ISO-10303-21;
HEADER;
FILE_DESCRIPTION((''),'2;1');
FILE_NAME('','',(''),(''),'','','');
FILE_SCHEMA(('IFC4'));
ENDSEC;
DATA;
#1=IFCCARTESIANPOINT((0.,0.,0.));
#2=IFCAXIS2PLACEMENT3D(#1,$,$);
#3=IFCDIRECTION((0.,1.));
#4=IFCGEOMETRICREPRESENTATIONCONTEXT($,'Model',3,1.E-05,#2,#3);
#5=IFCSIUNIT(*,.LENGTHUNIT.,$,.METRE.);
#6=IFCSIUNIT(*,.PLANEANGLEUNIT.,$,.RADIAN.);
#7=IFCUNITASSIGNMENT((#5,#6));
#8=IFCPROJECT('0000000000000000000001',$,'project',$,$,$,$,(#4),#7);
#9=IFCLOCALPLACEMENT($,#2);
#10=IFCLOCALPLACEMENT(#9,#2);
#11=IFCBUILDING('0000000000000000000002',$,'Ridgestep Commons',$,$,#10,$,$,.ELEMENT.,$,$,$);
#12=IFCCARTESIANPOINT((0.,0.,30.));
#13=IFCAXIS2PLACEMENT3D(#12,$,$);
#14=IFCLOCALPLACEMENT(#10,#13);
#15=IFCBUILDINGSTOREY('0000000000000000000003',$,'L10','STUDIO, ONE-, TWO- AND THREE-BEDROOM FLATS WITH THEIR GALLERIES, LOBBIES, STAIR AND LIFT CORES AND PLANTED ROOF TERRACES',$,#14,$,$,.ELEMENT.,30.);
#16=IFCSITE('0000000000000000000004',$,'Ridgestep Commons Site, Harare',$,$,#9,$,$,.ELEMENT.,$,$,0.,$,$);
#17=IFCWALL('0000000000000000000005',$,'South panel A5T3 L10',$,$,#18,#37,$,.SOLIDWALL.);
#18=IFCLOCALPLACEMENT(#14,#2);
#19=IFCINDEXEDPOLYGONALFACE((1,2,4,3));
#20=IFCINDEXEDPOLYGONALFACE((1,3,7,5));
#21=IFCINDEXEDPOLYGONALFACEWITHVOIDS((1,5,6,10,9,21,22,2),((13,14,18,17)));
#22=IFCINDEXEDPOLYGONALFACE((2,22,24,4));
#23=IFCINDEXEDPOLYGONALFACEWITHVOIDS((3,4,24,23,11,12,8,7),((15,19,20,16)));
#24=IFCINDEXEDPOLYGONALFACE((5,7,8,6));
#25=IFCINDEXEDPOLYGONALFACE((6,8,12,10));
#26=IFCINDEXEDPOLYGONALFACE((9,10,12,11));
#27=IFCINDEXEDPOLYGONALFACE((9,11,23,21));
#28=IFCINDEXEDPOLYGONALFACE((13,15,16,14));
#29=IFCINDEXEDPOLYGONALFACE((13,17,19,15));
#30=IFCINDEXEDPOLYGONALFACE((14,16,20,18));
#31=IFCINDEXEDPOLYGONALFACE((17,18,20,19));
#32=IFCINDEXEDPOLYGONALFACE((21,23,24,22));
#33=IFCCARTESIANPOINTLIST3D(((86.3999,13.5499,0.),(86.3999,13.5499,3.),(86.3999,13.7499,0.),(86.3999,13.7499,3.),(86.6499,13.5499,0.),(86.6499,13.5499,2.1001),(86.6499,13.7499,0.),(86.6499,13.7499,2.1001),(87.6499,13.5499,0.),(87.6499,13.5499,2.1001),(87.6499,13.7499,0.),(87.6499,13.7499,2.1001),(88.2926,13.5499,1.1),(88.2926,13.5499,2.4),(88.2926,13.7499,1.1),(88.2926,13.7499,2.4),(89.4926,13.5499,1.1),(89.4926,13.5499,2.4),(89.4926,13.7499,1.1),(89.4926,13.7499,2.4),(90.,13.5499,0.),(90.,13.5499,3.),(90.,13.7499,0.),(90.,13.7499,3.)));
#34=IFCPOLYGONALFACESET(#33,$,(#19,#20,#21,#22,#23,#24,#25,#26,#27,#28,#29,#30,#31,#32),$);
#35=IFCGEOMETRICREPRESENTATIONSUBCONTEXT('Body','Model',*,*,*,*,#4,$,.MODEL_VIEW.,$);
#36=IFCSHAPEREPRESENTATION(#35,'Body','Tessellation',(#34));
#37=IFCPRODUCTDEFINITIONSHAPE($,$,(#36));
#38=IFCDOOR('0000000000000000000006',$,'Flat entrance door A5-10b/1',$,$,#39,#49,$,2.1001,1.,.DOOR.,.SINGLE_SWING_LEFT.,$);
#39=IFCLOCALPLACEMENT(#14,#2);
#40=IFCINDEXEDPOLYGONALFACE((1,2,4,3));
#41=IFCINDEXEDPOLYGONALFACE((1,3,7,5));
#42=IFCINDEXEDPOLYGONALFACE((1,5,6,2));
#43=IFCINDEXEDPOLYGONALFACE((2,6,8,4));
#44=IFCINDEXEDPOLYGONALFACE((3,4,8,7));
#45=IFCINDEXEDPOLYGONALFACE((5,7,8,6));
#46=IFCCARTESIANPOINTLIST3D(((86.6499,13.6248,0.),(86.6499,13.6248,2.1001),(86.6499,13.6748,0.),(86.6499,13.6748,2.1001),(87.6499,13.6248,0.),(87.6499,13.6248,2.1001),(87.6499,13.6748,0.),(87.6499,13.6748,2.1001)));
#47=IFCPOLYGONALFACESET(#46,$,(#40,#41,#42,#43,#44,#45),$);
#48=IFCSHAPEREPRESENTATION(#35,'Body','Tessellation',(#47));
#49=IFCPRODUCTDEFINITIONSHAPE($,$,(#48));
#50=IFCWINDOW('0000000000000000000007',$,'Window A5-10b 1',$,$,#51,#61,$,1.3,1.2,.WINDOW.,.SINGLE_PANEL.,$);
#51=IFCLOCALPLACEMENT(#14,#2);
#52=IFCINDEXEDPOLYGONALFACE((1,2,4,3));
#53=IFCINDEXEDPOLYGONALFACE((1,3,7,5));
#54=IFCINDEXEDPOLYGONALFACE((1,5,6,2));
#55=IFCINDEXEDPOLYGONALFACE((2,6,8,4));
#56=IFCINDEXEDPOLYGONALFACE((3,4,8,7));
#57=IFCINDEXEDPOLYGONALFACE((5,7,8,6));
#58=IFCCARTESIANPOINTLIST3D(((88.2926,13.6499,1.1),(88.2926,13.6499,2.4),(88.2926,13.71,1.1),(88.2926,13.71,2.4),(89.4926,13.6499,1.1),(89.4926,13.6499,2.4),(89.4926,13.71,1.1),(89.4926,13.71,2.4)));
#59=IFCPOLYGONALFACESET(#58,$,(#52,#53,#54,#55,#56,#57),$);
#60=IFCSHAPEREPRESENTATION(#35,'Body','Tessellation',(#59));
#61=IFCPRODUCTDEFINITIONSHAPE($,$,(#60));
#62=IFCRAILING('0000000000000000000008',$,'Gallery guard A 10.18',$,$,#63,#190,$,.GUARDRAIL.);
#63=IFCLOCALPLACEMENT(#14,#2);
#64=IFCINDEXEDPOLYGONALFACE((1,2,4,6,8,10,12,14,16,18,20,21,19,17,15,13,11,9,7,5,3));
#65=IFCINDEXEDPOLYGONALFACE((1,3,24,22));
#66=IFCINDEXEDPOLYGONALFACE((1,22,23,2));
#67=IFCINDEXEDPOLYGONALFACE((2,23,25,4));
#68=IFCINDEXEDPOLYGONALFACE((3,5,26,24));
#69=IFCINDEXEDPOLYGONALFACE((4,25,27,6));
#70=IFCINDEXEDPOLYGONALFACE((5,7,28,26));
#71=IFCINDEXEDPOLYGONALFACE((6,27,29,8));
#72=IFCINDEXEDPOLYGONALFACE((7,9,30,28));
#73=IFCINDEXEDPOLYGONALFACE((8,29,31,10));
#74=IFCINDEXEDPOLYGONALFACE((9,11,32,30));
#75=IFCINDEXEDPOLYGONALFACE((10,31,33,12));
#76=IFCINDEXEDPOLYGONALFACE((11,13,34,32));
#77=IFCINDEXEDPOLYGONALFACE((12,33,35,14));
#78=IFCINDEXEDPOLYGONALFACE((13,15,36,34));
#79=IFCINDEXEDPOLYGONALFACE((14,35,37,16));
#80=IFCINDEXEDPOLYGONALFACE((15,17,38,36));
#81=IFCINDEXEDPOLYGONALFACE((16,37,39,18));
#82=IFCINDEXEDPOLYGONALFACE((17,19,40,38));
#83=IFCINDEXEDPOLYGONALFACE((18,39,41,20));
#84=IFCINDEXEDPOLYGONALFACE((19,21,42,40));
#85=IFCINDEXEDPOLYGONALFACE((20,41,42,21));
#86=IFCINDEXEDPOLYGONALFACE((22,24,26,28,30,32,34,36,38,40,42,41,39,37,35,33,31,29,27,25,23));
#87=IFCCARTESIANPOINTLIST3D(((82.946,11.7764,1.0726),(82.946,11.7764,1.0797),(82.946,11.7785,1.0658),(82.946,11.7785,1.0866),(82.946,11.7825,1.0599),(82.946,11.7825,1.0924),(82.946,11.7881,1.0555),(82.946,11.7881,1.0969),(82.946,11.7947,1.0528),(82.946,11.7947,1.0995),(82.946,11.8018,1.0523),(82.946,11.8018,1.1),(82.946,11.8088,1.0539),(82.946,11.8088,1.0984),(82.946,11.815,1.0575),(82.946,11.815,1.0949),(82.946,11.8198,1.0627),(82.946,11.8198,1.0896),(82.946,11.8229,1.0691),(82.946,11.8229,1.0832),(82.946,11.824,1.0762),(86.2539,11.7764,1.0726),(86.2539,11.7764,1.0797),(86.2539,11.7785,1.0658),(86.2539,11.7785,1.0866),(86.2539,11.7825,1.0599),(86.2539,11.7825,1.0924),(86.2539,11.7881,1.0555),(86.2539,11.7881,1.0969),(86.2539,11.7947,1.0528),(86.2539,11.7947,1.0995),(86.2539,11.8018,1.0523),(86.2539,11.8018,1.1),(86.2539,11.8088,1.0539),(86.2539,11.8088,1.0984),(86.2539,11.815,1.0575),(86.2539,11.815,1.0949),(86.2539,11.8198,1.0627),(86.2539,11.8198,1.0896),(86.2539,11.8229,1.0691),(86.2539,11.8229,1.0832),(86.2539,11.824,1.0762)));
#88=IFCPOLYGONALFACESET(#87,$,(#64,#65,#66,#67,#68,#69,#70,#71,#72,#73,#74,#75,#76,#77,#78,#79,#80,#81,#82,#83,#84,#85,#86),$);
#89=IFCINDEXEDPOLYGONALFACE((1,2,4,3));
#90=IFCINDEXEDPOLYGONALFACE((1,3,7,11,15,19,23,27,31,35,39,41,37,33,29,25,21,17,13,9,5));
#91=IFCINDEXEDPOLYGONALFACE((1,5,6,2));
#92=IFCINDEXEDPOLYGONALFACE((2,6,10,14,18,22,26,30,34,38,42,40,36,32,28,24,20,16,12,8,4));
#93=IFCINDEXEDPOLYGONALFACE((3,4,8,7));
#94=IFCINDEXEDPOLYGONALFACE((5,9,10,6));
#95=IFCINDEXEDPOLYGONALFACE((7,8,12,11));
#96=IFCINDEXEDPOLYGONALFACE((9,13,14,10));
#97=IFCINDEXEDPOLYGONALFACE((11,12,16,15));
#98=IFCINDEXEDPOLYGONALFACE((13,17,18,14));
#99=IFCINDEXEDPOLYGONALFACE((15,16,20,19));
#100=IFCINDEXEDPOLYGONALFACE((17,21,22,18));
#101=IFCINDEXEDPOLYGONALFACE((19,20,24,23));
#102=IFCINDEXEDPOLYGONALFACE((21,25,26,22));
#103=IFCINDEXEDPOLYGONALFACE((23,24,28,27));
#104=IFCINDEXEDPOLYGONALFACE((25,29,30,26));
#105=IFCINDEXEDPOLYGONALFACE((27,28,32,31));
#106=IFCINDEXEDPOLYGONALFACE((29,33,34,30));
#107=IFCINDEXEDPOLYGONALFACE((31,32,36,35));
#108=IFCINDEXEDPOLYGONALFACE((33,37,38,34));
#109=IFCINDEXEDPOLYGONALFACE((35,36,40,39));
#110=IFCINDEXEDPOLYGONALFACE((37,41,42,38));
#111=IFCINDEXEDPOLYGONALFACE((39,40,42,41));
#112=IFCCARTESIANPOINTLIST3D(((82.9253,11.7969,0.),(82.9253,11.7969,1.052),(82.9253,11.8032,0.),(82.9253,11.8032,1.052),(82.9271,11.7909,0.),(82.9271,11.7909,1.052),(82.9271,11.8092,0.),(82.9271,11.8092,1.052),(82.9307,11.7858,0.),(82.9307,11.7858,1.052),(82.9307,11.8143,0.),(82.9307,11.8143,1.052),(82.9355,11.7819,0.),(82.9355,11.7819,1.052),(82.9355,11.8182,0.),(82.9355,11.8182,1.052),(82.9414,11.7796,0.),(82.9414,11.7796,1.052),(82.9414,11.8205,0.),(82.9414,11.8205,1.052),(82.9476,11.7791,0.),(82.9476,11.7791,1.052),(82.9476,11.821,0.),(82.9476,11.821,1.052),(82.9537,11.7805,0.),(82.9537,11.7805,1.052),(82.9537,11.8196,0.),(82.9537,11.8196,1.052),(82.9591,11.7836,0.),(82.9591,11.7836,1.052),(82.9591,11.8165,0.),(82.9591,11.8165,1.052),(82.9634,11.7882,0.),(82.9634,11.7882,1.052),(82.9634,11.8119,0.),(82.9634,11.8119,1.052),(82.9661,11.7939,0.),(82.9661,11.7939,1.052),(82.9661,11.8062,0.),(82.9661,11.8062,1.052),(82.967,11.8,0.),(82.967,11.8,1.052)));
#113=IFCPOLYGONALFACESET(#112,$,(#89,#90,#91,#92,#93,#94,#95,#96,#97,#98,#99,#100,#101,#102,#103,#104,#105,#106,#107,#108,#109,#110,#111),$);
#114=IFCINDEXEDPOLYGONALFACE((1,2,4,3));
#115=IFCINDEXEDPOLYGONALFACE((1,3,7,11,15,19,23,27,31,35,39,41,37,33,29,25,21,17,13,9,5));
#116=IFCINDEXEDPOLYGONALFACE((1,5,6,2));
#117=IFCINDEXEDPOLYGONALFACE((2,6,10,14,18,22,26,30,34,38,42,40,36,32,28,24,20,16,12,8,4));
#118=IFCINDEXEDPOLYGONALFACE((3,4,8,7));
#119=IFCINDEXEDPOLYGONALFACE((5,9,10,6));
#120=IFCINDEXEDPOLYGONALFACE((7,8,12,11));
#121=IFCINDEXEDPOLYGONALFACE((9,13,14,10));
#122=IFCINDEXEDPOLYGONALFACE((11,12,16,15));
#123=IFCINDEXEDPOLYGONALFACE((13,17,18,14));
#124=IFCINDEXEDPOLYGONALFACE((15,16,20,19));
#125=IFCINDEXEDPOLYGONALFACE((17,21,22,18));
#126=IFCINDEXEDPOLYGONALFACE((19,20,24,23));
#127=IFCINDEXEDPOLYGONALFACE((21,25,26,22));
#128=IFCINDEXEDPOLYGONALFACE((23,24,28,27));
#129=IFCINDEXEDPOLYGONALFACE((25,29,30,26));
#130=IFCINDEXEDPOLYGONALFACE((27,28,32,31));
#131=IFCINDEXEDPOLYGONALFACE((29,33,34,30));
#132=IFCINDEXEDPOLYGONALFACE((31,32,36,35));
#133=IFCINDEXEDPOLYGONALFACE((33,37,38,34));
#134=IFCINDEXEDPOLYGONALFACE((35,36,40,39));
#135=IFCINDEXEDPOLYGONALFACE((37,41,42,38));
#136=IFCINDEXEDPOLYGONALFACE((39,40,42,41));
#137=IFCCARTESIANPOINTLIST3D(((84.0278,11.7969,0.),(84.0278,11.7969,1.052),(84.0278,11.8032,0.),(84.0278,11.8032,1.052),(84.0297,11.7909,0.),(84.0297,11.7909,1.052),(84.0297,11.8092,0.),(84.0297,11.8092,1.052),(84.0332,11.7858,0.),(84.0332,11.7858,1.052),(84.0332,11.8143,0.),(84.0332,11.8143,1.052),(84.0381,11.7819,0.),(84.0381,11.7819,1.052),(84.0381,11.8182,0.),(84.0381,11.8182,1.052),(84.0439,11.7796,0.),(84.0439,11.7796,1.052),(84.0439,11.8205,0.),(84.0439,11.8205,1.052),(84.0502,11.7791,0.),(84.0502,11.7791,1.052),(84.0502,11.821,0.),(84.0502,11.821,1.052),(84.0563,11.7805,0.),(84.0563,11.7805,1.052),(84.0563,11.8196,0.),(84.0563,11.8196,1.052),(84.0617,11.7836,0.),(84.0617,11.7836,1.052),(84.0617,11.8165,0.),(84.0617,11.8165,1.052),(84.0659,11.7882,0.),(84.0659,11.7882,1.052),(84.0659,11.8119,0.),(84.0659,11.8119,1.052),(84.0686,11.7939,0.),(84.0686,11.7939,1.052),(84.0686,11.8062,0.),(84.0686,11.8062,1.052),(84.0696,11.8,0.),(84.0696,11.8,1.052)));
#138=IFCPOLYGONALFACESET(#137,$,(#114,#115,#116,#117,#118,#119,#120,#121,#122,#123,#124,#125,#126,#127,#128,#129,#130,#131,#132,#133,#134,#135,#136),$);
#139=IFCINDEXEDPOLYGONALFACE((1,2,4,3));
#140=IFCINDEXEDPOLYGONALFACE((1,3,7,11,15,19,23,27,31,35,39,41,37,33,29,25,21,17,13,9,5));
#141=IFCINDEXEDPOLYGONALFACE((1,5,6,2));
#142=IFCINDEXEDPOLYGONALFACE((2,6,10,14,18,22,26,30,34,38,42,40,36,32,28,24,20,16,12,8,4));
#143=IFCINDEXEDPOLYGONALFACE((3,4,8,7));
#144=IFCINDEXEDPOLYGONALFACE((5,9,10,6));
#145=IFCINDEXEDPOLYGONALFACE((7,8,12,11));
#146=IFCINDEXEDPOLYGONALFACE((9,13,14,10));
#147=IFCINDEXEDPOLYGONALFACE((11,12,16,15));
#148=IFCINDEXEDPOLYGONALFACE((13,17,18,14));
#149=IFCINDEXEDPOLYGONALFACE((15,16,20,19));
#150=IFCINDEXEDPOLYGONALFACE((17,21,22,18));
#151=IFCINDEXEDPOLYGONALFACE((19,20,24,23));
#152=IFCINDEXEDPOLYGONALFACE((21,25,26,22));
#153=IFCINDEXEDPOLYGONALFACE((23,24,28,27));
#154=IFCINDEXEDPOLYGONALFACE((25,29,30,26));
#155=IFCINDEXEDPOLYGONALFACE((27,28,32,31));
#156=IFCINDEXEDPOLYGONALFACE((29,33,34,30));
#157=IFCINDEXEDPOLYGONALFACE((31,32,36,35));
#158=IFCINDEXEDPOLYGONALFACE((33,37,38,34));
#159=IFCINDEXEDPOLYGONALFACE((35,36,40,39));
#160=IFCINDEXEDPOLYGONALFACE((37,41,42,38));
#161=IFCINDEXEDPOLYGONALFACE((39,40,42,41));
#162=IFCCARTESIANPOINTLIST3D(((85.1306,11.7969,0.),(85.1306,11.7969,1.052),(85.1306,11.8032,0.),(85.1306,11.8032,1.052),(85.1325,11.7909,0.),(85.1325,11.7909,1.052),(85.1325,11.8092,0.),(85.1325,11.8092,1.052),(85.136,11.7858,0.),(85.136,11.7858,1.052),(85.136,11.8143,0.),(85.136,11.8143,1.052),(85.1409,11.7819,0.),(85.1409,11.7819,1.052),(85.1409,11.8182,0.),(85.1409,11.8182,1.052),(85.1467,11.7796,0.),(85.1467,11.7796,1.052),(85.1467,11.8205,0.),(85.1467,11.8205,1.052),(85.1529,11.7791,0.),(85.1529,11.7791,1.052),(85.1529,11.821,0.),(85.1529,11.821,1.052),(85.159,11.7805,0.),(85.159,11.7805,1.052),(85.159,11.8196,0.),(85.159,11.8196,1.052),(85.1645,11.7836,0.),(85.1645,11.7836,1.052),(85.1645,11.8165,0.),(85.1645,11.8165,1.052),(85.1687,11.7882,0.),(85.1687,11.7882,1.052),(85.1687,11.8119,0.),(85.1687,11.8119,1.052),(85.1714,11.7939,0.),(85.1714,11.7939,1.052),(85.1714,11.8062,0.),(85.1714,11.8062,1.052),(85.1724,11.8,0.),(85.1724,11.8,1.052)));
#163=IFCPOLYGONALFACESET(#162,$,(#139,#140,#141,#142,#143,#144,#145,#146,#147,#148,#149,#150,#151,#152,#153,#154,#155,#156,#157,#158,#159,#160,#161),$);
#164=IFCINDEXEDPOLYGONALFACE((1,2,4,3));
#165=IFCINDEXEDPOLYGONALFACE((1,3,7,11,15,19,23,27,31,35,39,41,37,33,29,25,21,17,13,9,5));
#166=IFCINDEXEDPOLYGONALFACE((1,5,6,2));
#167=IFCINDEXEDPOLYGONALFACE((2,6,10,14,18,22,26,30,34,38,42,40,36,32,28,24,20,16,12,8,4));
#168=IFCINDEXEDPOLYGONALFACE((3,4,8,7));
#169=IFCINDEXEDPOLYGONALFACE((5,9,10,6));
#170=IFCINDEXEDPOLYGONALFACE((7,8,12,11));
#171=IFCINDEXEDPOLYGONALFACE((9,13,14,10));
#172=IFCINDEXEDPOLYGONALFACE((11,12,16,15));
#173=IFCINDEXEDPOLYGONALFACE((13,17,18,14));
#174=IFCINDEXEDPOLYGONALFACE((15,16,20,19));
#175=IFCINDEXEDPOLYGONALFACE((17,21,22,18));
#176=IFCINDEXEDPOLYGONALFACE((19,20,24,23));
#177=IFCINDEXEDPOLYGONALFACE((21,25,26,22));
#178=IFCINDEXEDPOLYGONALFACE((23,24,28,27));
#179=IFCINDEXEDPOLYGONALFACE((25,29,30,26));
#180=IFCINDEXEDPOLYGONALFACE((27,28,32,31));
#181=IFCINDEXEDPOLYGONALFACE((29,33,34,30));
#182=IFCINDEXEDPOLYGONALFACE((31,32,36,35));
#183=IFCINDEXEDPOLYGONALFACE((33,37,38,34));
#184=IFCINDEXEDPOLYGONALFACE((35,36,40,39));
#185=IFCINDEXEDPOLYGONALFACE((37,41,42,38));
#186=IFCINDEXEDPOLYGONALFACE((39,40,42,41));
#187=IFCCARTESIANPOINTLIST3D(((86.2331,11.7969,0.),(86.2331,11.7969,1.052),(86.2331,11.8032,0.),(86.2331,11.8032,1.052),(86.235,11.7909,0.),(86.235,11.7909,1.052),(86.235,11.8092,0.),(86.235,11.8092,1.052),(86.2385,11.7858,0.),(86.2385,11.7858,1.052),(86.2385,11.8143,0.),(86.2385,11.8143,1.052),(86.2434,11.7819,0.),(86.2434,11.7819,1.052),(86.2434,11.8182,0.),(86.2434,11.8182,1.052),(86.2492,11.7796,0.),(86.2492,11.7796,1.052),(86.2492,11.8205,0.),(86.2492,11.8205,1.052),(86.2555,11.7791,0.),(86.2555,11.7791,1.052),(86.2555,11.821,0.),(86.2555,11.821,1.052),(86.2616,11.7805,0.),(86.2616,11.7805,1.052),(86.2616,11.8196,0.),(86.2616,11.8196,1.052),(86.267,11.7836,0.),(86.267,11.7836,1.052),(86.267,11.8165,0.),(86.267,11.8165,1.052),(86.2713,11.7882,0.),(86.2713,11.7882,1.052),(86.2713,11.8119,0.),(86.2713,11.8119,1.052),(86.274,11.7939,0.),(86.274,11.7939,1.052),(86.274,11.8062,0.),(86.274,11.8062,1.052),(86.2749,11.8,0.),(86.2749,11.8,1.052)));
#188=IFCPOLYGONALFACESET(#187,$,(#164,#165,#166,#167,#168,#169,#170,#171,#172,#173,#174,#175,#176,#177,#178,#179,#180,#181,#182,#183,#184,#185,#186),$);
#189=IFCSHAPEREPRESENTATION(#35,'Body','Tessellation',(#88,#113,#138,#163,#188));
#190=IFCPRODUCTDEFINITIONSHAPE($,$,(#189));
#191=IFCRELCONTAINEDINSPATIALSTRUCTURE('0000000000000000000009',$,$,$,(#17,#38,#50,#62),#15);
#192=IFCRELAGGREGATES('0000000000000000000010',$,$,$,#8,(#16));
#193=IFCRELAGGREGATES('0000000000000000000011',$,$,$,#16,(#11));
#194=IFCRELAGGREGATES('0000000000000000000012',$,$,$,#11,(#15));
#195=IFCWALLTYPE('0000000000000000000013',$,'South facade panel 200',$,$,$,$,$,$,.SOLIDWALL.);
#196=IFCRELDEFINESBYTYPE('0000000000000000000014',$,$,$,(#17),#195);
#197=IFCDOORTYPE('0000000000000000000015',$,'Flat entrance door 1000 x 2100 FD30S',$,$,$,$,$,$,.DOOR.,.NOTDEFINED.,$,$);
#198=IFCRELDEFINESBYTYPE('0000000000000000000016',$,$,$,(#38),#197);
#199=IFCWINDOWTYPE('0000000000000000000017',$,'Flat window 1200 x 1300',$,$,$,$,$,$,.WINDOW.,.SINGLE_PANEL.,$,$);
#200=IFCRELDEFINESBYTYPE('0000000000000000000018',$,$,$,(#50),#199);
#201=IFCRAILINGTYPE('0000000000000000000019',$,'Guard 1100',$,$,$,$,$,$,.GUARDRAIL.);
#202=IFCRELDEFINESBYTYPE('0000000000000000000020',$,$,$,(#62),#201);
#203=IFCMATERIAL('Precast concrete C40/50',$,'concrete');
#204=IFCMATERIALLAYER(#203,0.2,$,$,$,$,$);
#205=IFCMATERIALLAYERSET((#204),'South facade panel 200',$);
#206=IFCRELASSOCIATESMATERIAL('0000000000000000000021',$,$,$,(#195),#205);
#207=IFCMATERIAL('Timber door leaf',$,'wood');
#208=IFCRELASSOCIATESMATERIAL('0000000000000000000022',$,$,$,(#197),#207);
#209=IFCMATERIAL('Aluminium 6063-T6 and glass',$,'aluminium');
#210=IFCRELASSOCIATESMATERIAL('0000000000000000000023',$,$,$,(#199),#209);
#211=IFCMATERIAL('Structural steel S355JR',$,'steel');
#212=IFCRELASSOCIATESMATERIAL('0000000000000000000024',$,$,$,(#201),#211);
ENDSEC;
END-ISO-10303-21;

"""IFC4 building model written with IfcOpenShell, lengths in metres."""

from ifc_helpers import new_model, si_unit, direction, frame, frame_2d, origin, origin_2d, place, context, subcontext, project, spatial, rectangle, circle, extrude, material, layer, layer_set, type_object, element, fill, save


model = new_model("IFC4")

# Units and contexts
model_context = context("Model", 3, precision=1e-05, world=origin(), true_north=direction((0.0, 1.0)))
body_context = subcontext(model_context, "Body", "Model", "MODEL_VIEW")
ifc_project = project(units=[si_unit("LENGTHUNIT", "METRE"), si_unit("PLANEANGLEUNIT", "RADIAN")], contexts=[model_context])

# Site, building, storey
site_placement = place(None, origin())
site = spatial("IfcSite", under=ifc_project, at=site_placement, Name="Ridgestep Commons Site, Harare", CompositionType="ELEMENT", RefElevation=0.0)
building_placement = place(site_placement, origin())
building = spatial("IfcBuilding", under=site, at=building_placement, Name="Ridgestep Commons", CompositionType="ELEMENT")
storey_placement = place(building_placement, frame((0.0, 0.0, 30.0)))
storey = spatial("IfcBuildingStorey", under=building, at=storey_placement, Name="L10", Description="STUDIO, ONE-, TWO- AND THREE-BEDROOM FLATS WITH THEIR GALLERIES, LOBBIES, STAIR AND LIFT CORES AND PLANTED ROOF TERRACES", CompositionType="ELEMENT", Elevation=30.0)

# Wall, openings, door, window
ifc_material_1 = material(Name="Precast concrete C40/50", Category="concrete")
ifc_layer_1 = layer(ifc_material_1, 0.2)
ifc_layer_set_1 = layer_set([ifc_layer_1], Name="South facade panel 200")
wall_type_1 = type_object("IfcWallType", Name="South facade panel 200", PredefinedType="SOLIDWALL", material=ifc_layer_set_1)
wall_1_placement = place(storey_placement, frame((86.3999, 13.6499, 0.0), z_axis=(0.0, 0.0, 1.0), x_axis=(1.0, 0.0, 0.0)))
wall_1 = element("IfcWall", 1, at=wall_1_placement, inside=storey, type_object=wall_type_1, Name="South panel A5T3 L10", PredefinedType="SOLIDWALL", context=body_context, shape_type="SweptSolid", body=[
    extrude(rectangle(XDim=3.6001, YDim=0.2, at=frame_2d((1.8, 0.0))), origin(), (0.0, 0.0, 1.0), 3.0),
])
opening_1_placement = place(wall_1_placement, frame((1.8926, 0.0, 1.1001)))
opening_1 = element("IfcOpeningElement", 2, at=opening_1_placement, cuts=wall_1, PredefinedType="OPENING", context=body_context, shape_type="SweptSolid", body=[
    extrude(rectangle(XDim=1.2, YDim=1.3, at=frame_2d((0.6001, 0.6499))), frame((0.0, 0.1099, 0.0), z_axis=(0.0, -1.0, 0.0), x_axis=(1.0, 0.0, 0.0)), (0.0, 0.0, 1.0), 0.22),
])
opening_2_placement = place(wall_1_placement, frame((0.25, 0.0, 0.0)))
opening_2 = element("IfcOpeningElement", 3, at=opening_2_placement, cuts=wall_1, PredefinedType="OPENING", context=body_context, shape_type="SweptSolid", body=[
    extrude(rectangle(XDim=1.0, YDim=2.1001, at=frame_2d((0.5, 1.05))), frame((0.0, 0.1099, 0.0), z_axis=(0.0, -1.0, 0.0), x_axis=(1.0, 0.0, 0.0)), (0.0, 0.0, 1.0), 0.22),
])
ifc_material_2 = material(Name="Timber door leaf", Category="wood")
door_type_1 = type_object("IfcDoorType", Name="Flat entrance door 1000 x 2100 FD30S", OperationType="NOTDEFINED", PredefinedType="DOOR", material=ifc_material_2)
door_1_placement = place(opening_2_placement, origin())
door_1 = element("IfcDoor", 4, at=door_1_placement, inside=storey, type_object=door_type_1, Name="Flat entrance door A5-10b/1", OperationType="SINGLE_SWING_LEFT", OverallHeight=2.1001, OverallWidth=1.0, PredefinedType="DOOR", context=body_context, shape_type="SweptSolid", body=[
    extrude(rectangle(XDim=1.0, YDim=2.1001, at=frame_2d((0.5, 1.05))), frame((0.0, 0.0249, 0.0), z_axis=(0.0, -1.0, 0.0), x_axis=(1.0, 0.0, 0.0)), (0.0, 0.0, 1.0), 0.05),
])
fill(opening_2, door_1)
ifc_material_3 = material(Name="Aluminium 6063-T6 and glass", Category="aluminium")
window_type = type_object("IfcWindowType", Name="Flat window 1200 x 1300", PartitioningType="SINGLE_PANEL", PredefinedType="WINDOW", material=ifc_material_3)
window_placement = place(opening_1_placement, origin())
window = element("IfcWindow", 5, at=window_placement, inside=storey, type_object=window_type, Name="Window A5-10b 1", OverallHeight=1.3, OverallWidth=1.2, PartitioningType="SINGLE_PANEL", PredefinedType="WINDOW", context=body_context, shape_type="SweptSolid", body=[
    extrude(rectangle(XDim=1.2, YDim=1.3, at=frame_2d((0.6001, 0.6499))), frame((0.0, 0.0601, 0.0), z_axis=(0.0, -1.0, 0.0), x_axis=(1.0, 0.0, 0.0)), (0.0, 0.0, 1.0), 0.0601),
])
fill(opening_1, window)

# Railing
ifc_material_4 = material(Name="Structural steel S355JR", Category="steel")
railing_type = type_object("IfcRailingType", Name="Guard 1100", PredefinedType="GUARDRAIL", material=ifc_material_4)
railing_1_placement = place(storey_placement, frame((82.946, 11.8, 0.0)))
element("IfcRailing", 6, at=railing_1_placement, inside=storey, type_object=railing_type, Name="Gallery guard A 10.18", PredefinedType="GUARDRAIL", context=body_context, shape_type="SweptSolid", body=[
    extrude(circle(Radius=0.0239, at=origin_2d()), frame((0.0, 0.0, 1.0762), z_axis=(1.0, 0.0, 0.0), x_axis=(0.0, 1.0, 0.0)), (0.0, 0.0, 1.0), 3.3079),
    extrude(circle(Radius=0.021, at=origin_2d()), origin(), (0.0, 0.0, 1.0), 1.052),
    extrude(circle(Radius=0.021, at=origin_2d()), frame((1.1025, 0.0, 0.0)), (0.0, 0.0, 1.0), 1.052),
    extrude(circle(Radius=0.021, at=origin_2d()), frame((2.2053, 0.0, 0.0)), (0.0, 0.0, 1.0), 1.052),
    extrude(circle(Radius=0.021, at=origin_2d()), frame((3.3079, 0.0, 0.0)), (0.0, 0.0, 1.0), 1.052),
])

save(model, "model.ifc")
